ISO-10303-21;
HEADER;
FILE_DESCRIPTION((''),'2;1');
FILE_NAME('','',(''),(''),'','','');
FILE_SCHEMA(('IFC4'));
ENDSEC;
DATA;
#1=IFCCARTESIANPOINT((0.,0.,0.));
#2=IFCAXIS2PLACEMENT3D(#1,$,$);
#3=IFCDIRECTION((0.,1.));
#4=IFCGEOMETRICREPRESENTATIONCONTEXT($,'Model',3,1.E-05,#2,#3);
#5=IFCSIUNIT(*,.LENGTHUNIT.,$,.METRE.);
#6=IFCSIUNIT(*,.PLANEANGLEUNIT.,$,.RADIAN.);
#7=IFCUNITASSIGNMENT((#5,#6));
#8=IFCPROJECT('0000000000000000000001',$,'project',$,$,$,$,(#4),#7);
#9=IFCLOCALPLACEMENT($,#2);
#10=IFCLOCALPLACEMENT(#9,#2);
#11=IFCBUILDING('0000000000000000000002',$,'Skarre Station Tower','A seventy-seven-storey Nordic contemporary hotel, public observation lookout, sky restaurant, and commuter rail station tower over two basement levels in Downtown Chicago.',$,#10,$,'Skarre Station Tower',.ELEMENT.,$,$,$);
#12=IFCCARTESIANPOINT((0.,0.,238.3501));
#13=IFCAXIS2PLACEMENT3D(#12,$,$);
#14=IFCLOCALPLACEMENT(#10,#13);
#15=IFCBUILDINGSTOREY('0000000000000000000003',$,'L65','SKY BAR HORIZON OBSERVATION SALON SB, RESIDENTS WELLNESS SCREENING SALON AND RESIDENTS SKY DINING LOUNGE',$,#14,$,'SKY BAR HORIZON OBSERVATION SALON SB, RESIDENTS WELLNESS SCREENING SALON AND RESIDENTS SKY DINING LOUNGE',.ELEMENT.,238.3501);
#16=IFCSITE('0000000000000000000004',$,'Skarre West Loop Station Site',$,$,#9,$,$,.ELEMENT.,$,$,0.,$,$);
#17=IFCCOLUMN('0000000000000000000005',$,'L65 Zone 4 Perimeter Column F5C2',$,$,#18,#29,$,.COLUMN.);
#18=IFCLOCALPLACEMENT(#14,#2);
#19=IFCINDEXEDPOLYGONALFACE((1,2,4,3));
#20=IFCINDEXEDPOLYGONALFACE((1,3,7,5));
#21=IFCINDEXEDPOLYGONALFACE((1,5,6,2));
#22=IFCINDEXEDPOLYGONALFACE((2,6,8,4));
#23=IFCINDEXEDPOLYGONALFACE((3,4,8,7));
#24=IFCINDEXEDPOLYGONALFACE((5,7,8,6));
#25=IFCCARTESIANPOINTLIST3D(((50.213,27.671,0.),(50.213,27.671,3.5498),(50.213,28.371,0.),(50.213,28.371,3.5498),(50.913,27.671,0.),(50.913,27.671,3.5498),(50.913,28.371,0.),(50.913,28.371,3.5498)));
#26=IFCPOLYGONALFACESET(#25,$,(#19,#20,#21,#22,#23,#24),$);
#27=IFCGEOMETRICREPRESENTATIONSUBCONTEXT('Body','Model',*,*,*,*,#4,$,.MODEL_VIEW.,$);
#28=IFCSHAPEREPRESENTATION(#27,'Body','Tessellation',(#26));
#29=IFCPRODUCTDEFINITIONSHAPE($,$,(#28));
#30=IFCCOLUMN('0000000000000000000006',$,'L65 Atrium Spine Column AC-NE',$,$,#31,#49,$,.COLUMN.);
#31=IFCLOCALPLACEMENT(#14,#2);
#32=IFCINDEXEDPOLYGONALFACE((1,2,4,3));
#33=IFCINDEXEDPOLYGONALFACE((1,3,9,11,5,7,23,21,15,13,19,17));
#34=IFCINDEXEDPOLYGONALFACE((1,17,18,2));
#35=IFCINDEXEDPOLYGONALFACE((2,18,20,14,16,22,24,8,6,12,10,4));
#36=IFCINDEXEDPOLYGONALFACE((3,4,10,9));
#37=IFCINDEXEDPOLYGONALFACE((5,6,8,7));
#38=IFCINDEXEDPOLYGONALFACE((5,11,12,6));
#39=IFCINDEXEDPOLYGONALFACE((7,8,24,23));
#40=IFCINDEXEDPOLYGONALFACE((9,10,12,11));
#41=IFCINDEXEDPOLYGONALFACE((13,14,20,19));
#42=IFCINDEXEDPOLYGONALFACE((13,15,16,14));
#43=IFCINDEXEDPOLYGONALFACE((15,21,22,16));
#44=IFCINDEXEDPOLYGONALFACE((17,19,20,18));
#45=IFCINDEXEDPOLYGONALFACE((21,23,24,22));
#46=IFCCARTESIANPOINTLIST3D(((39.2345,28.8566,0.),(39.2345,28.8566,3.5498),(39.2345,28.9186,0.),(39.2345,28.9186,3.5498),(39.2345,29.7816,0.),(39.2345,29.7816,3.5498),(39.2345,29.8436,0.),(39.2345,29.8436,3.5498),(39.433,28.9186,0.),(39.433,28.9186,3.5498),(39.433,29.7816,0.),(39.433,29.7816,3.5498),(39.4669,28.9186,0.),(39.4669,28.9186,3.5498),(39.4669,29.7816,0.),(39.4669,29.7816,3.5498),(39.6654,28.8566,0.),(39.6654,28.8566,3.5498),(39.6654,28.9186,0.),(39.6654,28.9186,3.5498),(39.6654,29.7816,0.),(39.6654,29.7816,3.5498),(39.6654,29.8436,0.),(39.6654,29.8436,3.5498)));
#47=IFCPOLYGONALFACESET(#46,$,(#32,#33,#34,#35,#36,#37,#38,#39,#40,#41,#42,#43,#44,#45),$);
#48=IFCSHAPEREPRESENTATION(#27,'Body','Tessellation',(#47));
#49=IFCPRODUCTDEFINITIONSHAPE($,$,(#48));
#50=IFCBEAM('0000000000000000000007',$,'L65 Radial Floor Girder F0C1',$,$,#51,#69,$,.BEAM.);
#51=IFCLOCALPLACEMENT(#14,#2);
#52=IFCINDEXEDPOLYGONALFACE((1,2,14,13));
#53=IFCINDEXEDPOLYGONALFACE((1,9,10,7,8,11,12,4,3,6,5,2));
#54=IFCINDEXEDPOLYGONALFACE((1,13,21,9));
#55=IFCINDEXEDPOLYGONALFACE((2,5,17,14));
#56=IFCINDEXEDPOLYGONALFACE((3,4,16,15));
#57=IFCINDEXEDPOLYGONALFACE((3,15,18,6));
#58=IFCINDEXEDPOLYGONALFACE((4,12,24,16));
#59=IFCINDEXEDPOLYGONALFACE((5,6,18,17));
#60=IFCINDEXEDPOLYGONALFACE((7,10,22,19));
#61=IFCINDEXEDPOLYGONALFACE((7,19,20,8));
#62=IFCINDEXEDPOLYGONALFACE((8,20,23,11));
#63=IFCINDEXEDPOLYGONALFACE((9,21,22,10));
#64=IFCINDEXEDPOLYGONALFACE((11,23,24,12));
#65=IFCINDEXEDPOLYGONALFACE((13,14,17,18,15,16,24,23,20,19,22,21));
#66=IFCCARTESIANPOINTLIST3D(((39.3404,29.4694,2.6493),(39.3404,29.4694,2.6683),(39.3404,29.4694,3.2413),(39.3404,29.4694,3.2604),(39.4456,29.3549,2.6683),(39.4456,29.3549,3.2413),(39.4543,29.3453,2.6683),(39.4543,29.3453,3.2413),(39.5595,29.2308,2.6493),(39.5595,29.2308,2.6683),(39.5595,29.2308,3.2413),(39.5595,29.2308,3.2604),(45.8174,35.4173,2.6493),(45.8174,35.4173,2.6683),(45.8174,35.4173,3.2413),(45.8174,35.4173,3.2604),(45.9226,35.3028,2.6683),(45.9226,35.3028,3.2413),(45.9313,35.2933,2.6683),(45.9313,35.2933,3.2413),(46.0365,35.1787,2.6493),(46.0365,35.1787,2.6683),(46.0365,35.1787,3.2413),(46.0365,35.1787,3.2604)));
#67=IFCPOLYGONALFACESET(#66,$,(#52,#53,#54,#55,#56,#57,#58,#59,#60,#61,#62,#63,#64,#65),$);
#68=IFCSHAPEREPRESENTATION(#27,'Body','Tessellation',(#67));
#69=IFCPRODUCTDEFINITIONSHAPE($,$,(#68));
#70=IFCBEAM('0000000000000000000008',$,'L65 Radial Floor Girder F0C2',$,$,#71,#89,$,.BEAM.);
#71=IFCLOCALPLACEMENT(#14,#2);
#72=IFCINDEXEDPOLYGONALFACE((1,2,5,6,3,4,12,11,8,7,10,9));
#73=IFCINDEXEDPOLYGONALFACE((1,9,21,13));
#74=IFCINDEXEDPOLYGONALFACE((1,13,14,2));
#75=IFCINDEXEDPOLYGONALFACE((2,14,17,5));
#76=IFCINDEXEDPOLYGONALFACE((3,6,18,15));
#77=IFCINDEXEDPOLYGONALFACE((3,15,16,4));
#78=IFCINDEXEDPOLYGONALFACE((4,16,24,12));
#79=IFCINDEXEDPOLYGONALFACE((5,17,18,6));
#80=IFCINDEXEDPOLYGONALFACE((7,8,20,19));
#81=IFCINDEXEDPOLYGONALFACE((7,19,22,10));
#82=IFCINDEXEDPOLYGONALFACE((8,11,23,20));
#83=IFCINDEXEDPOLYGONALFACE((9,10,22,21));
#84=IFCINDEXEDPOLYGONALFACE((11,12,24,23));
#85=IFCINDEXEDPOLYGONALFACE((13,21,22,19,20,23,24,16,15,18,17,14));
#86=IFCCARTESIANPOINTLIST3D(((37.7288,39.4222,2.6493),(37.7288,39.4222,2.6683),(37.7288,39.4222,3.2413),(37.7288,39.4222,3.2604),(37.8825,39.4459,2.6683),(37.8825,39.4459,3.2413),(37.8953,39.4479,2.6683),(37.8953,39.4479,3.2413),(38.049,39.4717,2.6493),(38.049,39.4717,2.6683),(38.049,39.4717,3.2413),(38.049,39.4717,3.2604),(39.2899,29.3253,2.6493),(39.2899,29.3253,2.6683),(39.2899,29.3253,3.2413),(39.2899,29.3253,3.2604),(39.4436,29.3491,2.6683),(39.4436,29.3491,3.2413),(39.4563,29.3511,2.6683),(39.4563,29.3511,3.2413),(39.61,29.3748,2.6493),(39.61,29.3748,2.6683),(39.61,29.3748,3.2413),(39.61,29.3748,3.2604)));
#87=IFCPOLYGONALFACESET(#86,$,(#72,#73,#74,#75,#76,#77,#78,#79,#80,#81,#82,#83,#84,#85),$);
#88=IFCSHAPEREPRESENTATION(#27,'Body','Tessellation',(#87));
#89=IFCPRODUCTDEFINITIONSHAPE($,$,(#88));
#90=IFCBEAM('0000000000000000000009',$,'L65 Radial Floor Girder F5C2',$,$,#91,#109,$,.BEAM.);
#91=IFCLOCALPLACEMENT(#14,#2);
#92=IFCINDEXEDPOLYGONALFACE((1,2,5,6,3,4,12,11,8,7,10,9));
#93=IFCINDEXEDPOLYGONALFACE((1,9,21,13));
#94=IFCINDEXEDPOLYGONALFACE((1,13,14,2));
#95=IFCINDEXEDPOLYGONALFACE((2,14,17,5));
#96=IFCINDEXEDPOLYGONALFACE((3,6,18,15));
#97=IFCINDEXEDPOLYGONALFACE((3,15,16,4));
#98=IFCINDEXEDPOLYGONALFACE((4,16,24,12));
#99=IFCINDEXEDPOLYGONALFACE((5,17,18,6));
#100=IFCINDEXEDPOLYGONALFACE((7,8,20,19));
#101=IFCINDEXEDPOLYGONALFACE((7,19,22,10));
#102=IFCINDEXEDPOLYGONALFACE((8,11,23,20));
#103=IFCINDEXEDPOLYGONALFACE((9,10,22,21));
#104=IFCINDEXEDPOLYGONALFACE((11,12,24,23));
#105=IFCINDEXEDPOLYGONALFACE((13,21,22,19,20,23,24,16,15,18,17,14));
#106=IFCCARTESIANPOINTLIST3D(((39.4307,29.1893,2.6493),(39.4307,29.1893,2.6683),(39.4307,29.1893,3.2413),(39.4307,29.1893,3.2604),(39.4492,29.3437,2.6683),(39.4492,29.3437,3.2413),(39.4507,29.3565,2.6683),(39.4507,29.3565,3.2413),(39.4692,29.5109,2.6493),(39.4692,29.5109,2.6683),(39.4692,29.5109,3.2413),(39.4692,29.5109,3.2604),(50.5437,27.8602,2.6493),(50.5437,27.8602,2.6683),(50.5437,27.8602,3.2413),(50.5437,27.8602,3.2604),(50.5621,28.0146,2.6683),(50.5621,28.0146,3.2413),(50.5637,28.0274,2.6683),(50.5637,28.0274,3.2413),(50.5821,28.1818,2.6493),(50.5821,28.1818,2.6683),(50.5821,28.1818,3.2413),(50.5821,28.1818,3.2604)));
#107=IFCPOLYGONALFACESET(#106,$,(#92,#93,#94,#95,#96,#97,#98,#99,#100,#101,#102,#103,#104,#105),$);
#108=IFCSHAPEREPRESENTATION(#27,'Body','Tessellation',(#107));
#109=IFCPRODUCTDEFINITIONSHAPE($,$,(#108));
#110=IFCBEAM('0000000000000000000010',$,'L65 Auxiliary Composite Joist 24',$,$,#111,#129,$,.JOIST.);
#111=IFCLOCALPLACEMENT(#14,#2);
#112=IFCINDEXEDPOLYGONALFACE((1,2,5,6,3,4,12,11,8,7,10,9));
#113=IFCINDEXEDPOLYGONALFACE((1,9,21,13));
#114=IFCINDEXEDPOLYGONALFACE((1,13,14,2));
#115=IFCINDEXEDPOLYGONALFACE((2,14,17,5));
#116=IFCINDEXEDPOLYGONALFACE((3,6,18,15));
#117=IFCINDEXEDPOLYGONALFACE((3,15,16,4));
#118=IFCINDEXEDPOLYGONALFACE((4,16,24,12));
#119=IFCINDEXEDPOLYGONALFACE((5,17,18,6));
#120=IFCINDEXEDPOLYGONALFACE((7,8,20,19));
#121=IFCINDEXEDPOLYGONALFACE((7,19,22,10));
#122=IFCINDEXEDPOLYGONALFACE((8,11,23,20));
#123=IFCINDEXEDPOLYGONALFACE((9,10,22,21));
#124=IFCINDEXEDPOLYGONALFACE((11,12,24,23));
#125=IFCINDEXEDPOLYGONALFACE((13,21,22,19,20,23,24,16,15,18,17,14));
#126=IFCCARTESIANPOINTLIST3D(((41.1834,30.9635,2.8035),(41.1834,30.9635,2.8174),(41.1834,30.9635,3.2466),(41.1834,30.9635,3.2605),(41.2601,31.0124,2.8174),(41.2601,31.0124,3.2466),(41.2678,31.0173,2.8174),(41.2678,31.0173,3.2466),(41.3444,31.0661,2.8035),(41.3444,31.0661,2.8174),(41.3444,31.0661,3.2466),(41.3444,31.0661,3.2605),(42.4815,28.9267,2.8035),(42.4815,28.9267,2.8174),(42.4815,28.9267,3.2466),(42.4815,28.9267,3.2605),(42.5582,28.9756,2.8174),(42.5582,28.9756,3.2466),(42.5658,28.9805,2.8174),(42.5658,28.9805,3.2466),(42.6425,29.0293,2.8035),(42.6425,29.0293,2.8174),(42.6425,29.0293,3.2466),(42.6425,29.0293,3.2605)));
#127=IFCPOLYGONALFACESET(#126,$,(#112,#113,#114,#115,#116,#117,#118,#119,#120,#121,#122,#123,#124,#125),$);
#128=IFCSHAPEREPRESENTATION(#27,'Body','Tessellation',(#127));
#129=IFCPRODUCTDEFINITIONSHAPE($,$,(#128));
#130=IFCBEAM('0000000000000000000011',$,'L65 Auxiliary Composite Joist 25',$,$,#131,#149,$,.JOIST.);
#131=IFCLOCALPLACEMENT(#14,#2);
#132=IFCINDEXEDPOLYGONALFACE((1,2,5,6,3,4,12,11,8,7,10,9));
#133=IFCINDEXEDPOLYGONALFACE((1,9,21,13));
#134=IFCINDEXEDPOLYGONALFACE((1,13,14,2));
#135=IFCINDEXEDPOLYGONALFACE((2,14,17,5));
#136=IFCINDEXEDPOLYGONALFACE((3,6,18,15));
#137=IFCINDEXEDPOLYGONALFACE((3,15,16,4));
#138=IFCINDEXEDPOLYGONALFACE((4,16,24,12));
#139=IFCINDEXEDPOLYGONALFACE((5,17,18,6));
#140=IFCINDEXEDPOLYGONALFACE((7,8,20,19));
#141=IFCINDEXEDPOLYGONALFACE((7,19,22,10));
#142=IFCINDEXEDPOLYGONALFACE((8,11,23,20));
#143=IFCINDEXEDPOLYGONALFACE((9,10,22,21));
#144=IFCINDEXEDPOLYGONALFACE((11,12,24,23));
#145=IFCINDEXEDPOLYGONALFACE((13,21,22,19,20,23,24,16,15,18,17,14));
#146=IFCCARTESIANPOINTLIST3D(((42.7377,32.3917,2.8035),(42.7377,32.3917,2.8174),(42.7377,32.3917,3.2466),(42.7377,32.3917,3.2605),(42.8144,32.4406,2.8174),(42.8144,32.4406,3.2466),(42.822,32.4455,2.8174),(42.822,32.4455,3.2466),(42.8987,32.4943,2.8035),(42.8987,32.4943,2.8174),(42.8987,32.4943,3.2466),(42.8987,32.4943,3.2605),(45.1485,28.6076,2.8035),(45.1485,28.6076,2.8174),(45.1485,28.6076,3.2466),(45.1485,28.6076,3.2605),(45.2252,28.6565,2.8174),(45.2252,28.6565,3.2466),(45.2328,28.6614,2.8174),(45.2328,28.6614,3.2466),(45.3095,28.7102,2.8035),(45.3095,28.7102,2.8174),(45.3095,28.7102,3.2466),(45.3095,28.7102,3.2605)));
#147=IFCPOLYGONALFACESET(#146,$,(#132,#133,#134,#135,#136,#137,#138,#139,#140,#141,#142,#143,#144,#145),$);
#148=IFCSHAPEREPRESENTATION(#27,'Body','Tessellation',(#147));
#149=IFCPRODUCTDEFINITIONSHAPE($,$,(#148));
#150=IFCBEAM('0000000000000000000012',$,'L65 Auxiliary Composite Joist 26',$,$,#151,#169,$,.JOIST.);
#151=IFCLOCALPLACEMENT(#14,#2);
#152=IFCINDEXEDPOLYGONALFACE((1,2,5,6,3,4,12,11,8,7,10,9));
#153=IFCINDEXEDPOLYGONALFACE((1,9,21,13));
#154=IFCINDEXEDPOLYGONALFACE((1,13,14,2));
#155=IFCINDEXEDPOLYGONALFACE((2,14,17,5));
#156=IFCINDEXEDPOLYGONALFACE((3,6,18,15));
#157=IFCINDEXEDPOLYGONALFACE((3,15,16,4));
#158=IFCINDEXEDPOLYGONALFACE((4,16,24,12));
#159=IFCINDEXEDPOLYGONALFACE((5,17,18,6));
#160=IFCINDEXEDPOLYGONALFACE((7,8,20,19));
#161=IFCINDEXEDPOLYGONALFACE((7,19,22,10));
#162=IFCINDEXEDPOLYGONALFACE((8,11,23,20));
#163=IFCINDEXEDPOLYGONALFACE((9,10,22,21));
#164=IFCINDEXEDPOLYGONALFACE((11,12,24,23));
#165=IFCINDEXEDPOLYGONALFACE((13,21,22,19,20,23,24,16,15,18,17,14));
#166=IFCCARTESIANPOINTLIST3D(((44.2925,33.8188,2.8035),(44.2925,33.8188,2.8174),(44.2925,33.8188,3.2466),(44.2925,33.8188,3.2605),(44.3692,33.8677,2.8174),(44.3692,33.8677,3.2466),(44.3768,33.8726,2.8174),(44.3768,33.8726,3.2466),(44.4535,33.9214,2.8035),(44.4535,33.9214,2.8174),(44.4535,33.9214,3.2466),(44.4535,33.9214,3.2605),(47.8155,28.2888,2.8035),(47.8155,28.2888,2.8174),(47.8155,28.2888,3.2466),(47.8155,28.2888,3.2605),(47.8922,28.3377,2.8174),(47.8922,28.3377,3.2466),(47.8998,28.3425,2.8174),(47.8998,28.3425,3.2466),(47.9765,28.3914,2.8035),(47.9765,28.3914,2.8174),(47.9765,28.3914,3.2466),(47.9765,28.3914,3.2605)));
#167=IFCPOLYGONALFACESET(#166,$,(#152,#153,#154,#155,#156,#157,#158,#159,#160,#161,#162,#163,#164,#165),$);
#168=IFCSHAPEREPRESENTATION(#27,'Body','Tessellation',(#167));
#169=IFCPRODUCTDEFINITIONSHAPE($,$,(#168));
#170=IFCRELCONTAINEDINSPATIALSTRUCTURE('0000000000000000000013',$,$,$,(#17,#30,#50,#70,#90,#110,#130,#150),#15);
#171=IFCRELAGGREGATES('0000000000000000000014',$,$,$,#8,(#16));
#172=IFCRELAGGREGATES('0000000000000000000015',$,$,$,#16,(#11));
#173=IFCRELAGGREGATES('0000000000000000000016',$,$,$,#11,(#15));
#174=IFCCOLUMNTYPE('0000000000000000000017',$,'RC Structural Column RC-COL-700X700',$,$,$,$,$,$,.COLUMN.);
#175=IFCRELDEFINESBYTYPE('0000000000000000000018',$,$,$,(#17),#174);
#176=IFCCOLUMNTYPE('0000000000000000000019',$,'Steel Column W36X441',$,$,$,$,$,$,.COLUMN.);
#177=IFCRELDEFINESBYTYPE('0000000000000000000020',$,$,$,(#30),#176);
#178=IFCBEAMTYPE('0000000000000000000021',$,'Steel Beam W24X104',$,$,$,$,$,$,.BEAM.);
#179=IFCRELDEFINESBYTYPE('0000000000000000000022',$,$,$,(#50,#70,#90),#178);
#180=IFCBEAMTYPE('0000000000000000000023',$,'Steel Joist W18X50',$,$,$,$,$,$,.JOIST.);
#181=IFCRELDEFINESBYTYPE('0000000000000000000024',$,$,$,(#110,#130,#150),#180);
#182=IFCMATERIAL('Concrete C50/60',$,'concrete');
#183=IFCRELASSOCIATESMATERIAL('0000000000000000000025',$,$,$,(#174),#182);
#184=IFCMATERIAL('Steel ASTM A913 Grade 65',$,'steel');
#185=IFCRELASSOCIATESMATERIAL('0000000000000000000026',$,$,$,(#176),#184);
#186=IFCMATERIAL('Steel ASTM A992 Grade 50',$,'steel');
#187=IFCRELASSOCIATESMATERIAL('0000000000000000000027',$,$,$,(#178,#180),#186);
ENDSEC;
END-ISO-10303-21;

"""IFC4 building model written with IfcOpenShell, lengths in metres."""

from ifc_helpers import new_model, si_unit, direction, frame, origin, origin_2d, place, context, subcontext, project, spatial, rectangle, i_section, extrude, material, material_profile, profile_set, type_object, element, save


model = new_model("IFC4")

# Units and contexts
model_context = context("Model", 3, precision=1e-05, world=origin(), true_north=direction((0.0, 1.0)))
body_context = subcontext(model_context, "Body", "Model", "MODEL_VIEW")
ifc_project = project(units=[si_unit("LENGTHUNIT", "METRE"), si_unit("PLANEANGLEUNIT", "RADIAN")], contexts=[model_context])

# Site, building, storey
site_placement = place(None, origin())
site = spatial("IfcSite", under=ifc_project, at=site_placement, Name="Skarre West Loop Station Site", CompositionType="ELEMENT", RefElevation=0.0)
building_placement = place(site_placement, origin())
building = spatial("IfcBuilding", under=site, at=building_placement, Name="Skarre Station Tower", Description="A seventy-seven-storey Nordic contemporary hotel, public observation lookout, sky restaurant, and commuter rail station tower over two basement levels in Downtown Chicago.", LongName="Skarre Station Tower", CompositionType="ELEMENT")
storey_placement = place(building_placement, frame((0.0, 0.0, 238.3501)))
storey = spatial("IfcBuildingStorey", under=building, at=storey_placement, Name="L65", Description="SKY BAR HORIZON OBSERVATION SALON SB, RESIDENTS WELLNESS SCREENING SALON AND RESIDENTS SKY DINING LOUNGE", LongName="SKY BAR HORIZON OBSERVATION SALON SB, RESIDENTS WELLNESS SCREENING SALON AND RESIDENTS SKY DINING LOUNGE", CompositionType="ELEMENT", Elevation=238.3501)

# Columns
ifc_material_1 = material(Name="Concrete C50/60", Category="concrete")
ifc_material_profile_1 = material_profile(ifc_material_1, rectangle(XDim=0.7, YDim=0.7, at=origin_2d()), Name="Concrete C50/60")
ifc_profile_set_1 = profile_set([ifc_material_profile_1], Name="Concrete C50/60")
column_type_1 = type_object("IfcColumnType", Name="RC Structural Column RC-COL-700X700", PredefinedType="COLUMN", material=ifc_profile_set_1)
column_1_placement = place(storey_placement, frame((50.563, 28.021, 0.0), z_axis=(0.0, 0.0, 1.0), x_axis=(1.0, 0.0, 0.0)))
element("IfcColumn", 1, at=column_1_placement, inside=storey, type_object=column_type_1, Name="L65 Zone 4 Perimeter Column F5C2", PredefinedType="COLUMN", context=body_context, shape_type="SweptSolid", body=[
    extrude(rectangle(XDim=0.7, YDim=0.7, at=origin_2d()), origin(), (0.0, 0.0, 1.0), 3.5498),
])
ifc_material_2 = material(Name="Steel ASTM A913 Grade 65", Category="steel")
ifc_material_profile_2 = material_profile(ifc_material_2, i_section(OverallWidth=0.4309, OverallDepth=0.9871, WebThickness=0.0339, FlangeThickness=0.062, at=origin_2d()), Name="Steel ASTM A913 Grade 65")
ifc_profile_set_2 = profile_set([ifc_material_profile_2], Name="Steel ASTM A913 Grade 65")
column_type_2 = type_object("IfcColumnType", Name="Steel Column W36X441", PredefinedType="COLUMN", material=ifc_profile_set_2)
column_2_placement = place(storey_placement, frame((39.45, 29.3501, 0.0), z_axis=(0.0, 0.0, 1.0), x_axis=(1.0, 0.0, 0.0)))
element("IfcColumn", 2, at=column_2_placement, inside=storey, type_object=column_type_2, Name="L65 Atrium Spine Column AC-NE", PredefinedType="COLUMN", context=body_context, shape_type="SweptSolid", body=[
    extrude(i_section(OverallWidth=0.4309, OverallDepth=0.9871, WebThickness=0.0339, FlangeThickness=0.062, at=origin_2d()), origin(), (0.0, 0.0, 1.0), 3.5498),
])

# Beams
ifc_material_3 = material(Name="Steel ASTM A992 Grade 50", Category="steel")
ifc_material_profile_3 = material_profile(ifc_material_3, i_section(OverallWidth=0.324, OverallDepth=0.6111, WebThickness=0.0129, FlangeThickness=0.019, at=origin_2d()), Name="Steel ASTM A992 Grade 50")
ifc_profile_set_3 = profile_set([ifc_material_profile_3], Name="Steel ASTM A992 Grade 50")
beam_type_1 = type_object("IfcBeamType", Name="Steel Beam W24X104", PredefinedType="BEAM", material=ifc_profile_set_3)
beam_1_placement = place(storey_placement, frame((39.45, 29.3501, 2.9548), z_axis=(0.736548, 0.676386, 0.0), x_axis=(-0.676386, 0.736548, 0.0)))
element("IfcBeam", 3, at=beam_1_placement, inside=storey, type_object=beam_type_1, Name="L65 Radial Floor Girder F0C1", PredefinedType="BEAM", context=body_context, shape_type="SweptSolid", body=[
    extrude(i_section(OverallWidth=0.324, OverallDepth=0.6111, WebThickness=0.0129, FlangeThickness=0.019, at=origin_2d()), origin(), (0.0, 0.0, 1.0), 8.7937),
])
beam_2_placement = place(storey_placement, frame((39.45, 29.3501, 2.9548), z_axis=(-0.15279, 0.988259, 0.0), x_axis=(-0.988259, -0.15279, 0.0)))
element("IfcBeam", 4, at=beam_2_placement, inside=storey, type_object=beam_type_1, Name="L65 Radial Floor Girder F0C2", PredefinedType="BEAM", context=body_context, shape_type="SweptSolid", body=[
    extrude(i_section(OverallWidth=0.324, OverallDepth=0.6111, WebThickness=0.0129, FlangeThickness=0.019, at=origin_2d()), origin(), (0.0, 0.0, 1.0), 10.2168),
])
beam_3_placement = place(storey_placement, frame((39.45, 29.3501, 2.9548), z_axis=(0.992924, -0.118752, 0.0), x_axis=(0.118752, 0.992924, 0.0)))
element("IfcBeam", 5, at=beam_3_placement, inside=storey, type_object=beam_type_1, Name="L65 Radial Floor Girder F5C2", PredefinedType="BEAM", context=body_context, shape_type="SweptSolid", body=[
    extrude(i_section(OverallWidth=0.324, OverallDepth=0.6111, WebThickness=0.0129, FlangeThickness=0.019, at=origin_2d()), origin(), (0.0, 0.0, 1.0), 11.1921),
])
ifc_material_profile_4 = material_profile(ifc_material_3, i_section(OverallWidth=0.1909, OverallDepth=0.457, WebThickness=0.009, FlangeThickness=0.0139, at=origin_2d()), Name="Steel ASTM A992 Grade 50")
ifc_profile_set_4 = profile_set([ifc_material_profile_4], Name="Steel ASTM A992 Grade 50")
beam_type_2 = type_object("IfcBeamType", Name="Steel Joist W18X50", PredefinedType="JOIST", material=ifc_profile_set_4)
beam_4_placement = place(storey_placement, frame((42.562, 28.978, 3.032), z_axis=(-0.537438, 0.843303, 0.0), x_axis=(-0.843303, -0.537438, 0.0)))
element("IfcBeam", 6, at=beam_4_placement, inside=storey, type_object=beam_type_2, Name="L65 Auxiliary Composite Joist 24", PredefinedType="JOIST", context=body_context, shape_type="SweptSolid", body=[
    extrude(i_section(OverallWidth=0.1909, OverallDepth=0.457, WebThickness=0.009, FlangeThickness=0.0139, at=origin_2d()), origin(), (0.0, 0.0, 1.0), 2.4153),
])
beam_5_placement = place(storey_placement, frame((45.229, 28.6589, 3.032), z_axis=(-0.537316, 0.843381, 0.0), x_axis=(-0.843381, -0.537316, 0.0)))
element("IfcBeam", 7, at=beam_5_placement, inside=storey, type_object=beam_type_2, Name="L65 Auxiliary Composite Joist 25", PredefinedType="JOIST", context=body_context, shape_type="SweptSolid", body=[
    extrude(i_section(OverallWidth=0.1909, OverallDepth=0.457, WebThickness=0.009, FlangeThickness=0.0139, at=origin_2d()), origin(), (0.0, 0.0, 1.0), 4.4868),
])
beam_6_placement = place(storey_placement, frame((47.896, 28.3401, 3.032), z_axis=(-0.537292, 0.843396, 0.0), x_axis=(-0.843396, -0.537292, 0.0)))
element("IfcBeam", 8, at=beam_6_placement, inside=storey, type_object=beam_type_2, Name="L65 Auxiliary Composite Joist 26", PredefinedType="JOIST", context=body_context, shape_type="SweptSolid", body=[
    extrude(i_section(OverallWidth=0.1909, OverallDepth=0.457, WebThickness=0.009, FlangeThickness=0.0139, at=origin_2d()), origin(), (0.0, 0.0, 1.0), 6.5569),
])

save(model, "model.ifc")
